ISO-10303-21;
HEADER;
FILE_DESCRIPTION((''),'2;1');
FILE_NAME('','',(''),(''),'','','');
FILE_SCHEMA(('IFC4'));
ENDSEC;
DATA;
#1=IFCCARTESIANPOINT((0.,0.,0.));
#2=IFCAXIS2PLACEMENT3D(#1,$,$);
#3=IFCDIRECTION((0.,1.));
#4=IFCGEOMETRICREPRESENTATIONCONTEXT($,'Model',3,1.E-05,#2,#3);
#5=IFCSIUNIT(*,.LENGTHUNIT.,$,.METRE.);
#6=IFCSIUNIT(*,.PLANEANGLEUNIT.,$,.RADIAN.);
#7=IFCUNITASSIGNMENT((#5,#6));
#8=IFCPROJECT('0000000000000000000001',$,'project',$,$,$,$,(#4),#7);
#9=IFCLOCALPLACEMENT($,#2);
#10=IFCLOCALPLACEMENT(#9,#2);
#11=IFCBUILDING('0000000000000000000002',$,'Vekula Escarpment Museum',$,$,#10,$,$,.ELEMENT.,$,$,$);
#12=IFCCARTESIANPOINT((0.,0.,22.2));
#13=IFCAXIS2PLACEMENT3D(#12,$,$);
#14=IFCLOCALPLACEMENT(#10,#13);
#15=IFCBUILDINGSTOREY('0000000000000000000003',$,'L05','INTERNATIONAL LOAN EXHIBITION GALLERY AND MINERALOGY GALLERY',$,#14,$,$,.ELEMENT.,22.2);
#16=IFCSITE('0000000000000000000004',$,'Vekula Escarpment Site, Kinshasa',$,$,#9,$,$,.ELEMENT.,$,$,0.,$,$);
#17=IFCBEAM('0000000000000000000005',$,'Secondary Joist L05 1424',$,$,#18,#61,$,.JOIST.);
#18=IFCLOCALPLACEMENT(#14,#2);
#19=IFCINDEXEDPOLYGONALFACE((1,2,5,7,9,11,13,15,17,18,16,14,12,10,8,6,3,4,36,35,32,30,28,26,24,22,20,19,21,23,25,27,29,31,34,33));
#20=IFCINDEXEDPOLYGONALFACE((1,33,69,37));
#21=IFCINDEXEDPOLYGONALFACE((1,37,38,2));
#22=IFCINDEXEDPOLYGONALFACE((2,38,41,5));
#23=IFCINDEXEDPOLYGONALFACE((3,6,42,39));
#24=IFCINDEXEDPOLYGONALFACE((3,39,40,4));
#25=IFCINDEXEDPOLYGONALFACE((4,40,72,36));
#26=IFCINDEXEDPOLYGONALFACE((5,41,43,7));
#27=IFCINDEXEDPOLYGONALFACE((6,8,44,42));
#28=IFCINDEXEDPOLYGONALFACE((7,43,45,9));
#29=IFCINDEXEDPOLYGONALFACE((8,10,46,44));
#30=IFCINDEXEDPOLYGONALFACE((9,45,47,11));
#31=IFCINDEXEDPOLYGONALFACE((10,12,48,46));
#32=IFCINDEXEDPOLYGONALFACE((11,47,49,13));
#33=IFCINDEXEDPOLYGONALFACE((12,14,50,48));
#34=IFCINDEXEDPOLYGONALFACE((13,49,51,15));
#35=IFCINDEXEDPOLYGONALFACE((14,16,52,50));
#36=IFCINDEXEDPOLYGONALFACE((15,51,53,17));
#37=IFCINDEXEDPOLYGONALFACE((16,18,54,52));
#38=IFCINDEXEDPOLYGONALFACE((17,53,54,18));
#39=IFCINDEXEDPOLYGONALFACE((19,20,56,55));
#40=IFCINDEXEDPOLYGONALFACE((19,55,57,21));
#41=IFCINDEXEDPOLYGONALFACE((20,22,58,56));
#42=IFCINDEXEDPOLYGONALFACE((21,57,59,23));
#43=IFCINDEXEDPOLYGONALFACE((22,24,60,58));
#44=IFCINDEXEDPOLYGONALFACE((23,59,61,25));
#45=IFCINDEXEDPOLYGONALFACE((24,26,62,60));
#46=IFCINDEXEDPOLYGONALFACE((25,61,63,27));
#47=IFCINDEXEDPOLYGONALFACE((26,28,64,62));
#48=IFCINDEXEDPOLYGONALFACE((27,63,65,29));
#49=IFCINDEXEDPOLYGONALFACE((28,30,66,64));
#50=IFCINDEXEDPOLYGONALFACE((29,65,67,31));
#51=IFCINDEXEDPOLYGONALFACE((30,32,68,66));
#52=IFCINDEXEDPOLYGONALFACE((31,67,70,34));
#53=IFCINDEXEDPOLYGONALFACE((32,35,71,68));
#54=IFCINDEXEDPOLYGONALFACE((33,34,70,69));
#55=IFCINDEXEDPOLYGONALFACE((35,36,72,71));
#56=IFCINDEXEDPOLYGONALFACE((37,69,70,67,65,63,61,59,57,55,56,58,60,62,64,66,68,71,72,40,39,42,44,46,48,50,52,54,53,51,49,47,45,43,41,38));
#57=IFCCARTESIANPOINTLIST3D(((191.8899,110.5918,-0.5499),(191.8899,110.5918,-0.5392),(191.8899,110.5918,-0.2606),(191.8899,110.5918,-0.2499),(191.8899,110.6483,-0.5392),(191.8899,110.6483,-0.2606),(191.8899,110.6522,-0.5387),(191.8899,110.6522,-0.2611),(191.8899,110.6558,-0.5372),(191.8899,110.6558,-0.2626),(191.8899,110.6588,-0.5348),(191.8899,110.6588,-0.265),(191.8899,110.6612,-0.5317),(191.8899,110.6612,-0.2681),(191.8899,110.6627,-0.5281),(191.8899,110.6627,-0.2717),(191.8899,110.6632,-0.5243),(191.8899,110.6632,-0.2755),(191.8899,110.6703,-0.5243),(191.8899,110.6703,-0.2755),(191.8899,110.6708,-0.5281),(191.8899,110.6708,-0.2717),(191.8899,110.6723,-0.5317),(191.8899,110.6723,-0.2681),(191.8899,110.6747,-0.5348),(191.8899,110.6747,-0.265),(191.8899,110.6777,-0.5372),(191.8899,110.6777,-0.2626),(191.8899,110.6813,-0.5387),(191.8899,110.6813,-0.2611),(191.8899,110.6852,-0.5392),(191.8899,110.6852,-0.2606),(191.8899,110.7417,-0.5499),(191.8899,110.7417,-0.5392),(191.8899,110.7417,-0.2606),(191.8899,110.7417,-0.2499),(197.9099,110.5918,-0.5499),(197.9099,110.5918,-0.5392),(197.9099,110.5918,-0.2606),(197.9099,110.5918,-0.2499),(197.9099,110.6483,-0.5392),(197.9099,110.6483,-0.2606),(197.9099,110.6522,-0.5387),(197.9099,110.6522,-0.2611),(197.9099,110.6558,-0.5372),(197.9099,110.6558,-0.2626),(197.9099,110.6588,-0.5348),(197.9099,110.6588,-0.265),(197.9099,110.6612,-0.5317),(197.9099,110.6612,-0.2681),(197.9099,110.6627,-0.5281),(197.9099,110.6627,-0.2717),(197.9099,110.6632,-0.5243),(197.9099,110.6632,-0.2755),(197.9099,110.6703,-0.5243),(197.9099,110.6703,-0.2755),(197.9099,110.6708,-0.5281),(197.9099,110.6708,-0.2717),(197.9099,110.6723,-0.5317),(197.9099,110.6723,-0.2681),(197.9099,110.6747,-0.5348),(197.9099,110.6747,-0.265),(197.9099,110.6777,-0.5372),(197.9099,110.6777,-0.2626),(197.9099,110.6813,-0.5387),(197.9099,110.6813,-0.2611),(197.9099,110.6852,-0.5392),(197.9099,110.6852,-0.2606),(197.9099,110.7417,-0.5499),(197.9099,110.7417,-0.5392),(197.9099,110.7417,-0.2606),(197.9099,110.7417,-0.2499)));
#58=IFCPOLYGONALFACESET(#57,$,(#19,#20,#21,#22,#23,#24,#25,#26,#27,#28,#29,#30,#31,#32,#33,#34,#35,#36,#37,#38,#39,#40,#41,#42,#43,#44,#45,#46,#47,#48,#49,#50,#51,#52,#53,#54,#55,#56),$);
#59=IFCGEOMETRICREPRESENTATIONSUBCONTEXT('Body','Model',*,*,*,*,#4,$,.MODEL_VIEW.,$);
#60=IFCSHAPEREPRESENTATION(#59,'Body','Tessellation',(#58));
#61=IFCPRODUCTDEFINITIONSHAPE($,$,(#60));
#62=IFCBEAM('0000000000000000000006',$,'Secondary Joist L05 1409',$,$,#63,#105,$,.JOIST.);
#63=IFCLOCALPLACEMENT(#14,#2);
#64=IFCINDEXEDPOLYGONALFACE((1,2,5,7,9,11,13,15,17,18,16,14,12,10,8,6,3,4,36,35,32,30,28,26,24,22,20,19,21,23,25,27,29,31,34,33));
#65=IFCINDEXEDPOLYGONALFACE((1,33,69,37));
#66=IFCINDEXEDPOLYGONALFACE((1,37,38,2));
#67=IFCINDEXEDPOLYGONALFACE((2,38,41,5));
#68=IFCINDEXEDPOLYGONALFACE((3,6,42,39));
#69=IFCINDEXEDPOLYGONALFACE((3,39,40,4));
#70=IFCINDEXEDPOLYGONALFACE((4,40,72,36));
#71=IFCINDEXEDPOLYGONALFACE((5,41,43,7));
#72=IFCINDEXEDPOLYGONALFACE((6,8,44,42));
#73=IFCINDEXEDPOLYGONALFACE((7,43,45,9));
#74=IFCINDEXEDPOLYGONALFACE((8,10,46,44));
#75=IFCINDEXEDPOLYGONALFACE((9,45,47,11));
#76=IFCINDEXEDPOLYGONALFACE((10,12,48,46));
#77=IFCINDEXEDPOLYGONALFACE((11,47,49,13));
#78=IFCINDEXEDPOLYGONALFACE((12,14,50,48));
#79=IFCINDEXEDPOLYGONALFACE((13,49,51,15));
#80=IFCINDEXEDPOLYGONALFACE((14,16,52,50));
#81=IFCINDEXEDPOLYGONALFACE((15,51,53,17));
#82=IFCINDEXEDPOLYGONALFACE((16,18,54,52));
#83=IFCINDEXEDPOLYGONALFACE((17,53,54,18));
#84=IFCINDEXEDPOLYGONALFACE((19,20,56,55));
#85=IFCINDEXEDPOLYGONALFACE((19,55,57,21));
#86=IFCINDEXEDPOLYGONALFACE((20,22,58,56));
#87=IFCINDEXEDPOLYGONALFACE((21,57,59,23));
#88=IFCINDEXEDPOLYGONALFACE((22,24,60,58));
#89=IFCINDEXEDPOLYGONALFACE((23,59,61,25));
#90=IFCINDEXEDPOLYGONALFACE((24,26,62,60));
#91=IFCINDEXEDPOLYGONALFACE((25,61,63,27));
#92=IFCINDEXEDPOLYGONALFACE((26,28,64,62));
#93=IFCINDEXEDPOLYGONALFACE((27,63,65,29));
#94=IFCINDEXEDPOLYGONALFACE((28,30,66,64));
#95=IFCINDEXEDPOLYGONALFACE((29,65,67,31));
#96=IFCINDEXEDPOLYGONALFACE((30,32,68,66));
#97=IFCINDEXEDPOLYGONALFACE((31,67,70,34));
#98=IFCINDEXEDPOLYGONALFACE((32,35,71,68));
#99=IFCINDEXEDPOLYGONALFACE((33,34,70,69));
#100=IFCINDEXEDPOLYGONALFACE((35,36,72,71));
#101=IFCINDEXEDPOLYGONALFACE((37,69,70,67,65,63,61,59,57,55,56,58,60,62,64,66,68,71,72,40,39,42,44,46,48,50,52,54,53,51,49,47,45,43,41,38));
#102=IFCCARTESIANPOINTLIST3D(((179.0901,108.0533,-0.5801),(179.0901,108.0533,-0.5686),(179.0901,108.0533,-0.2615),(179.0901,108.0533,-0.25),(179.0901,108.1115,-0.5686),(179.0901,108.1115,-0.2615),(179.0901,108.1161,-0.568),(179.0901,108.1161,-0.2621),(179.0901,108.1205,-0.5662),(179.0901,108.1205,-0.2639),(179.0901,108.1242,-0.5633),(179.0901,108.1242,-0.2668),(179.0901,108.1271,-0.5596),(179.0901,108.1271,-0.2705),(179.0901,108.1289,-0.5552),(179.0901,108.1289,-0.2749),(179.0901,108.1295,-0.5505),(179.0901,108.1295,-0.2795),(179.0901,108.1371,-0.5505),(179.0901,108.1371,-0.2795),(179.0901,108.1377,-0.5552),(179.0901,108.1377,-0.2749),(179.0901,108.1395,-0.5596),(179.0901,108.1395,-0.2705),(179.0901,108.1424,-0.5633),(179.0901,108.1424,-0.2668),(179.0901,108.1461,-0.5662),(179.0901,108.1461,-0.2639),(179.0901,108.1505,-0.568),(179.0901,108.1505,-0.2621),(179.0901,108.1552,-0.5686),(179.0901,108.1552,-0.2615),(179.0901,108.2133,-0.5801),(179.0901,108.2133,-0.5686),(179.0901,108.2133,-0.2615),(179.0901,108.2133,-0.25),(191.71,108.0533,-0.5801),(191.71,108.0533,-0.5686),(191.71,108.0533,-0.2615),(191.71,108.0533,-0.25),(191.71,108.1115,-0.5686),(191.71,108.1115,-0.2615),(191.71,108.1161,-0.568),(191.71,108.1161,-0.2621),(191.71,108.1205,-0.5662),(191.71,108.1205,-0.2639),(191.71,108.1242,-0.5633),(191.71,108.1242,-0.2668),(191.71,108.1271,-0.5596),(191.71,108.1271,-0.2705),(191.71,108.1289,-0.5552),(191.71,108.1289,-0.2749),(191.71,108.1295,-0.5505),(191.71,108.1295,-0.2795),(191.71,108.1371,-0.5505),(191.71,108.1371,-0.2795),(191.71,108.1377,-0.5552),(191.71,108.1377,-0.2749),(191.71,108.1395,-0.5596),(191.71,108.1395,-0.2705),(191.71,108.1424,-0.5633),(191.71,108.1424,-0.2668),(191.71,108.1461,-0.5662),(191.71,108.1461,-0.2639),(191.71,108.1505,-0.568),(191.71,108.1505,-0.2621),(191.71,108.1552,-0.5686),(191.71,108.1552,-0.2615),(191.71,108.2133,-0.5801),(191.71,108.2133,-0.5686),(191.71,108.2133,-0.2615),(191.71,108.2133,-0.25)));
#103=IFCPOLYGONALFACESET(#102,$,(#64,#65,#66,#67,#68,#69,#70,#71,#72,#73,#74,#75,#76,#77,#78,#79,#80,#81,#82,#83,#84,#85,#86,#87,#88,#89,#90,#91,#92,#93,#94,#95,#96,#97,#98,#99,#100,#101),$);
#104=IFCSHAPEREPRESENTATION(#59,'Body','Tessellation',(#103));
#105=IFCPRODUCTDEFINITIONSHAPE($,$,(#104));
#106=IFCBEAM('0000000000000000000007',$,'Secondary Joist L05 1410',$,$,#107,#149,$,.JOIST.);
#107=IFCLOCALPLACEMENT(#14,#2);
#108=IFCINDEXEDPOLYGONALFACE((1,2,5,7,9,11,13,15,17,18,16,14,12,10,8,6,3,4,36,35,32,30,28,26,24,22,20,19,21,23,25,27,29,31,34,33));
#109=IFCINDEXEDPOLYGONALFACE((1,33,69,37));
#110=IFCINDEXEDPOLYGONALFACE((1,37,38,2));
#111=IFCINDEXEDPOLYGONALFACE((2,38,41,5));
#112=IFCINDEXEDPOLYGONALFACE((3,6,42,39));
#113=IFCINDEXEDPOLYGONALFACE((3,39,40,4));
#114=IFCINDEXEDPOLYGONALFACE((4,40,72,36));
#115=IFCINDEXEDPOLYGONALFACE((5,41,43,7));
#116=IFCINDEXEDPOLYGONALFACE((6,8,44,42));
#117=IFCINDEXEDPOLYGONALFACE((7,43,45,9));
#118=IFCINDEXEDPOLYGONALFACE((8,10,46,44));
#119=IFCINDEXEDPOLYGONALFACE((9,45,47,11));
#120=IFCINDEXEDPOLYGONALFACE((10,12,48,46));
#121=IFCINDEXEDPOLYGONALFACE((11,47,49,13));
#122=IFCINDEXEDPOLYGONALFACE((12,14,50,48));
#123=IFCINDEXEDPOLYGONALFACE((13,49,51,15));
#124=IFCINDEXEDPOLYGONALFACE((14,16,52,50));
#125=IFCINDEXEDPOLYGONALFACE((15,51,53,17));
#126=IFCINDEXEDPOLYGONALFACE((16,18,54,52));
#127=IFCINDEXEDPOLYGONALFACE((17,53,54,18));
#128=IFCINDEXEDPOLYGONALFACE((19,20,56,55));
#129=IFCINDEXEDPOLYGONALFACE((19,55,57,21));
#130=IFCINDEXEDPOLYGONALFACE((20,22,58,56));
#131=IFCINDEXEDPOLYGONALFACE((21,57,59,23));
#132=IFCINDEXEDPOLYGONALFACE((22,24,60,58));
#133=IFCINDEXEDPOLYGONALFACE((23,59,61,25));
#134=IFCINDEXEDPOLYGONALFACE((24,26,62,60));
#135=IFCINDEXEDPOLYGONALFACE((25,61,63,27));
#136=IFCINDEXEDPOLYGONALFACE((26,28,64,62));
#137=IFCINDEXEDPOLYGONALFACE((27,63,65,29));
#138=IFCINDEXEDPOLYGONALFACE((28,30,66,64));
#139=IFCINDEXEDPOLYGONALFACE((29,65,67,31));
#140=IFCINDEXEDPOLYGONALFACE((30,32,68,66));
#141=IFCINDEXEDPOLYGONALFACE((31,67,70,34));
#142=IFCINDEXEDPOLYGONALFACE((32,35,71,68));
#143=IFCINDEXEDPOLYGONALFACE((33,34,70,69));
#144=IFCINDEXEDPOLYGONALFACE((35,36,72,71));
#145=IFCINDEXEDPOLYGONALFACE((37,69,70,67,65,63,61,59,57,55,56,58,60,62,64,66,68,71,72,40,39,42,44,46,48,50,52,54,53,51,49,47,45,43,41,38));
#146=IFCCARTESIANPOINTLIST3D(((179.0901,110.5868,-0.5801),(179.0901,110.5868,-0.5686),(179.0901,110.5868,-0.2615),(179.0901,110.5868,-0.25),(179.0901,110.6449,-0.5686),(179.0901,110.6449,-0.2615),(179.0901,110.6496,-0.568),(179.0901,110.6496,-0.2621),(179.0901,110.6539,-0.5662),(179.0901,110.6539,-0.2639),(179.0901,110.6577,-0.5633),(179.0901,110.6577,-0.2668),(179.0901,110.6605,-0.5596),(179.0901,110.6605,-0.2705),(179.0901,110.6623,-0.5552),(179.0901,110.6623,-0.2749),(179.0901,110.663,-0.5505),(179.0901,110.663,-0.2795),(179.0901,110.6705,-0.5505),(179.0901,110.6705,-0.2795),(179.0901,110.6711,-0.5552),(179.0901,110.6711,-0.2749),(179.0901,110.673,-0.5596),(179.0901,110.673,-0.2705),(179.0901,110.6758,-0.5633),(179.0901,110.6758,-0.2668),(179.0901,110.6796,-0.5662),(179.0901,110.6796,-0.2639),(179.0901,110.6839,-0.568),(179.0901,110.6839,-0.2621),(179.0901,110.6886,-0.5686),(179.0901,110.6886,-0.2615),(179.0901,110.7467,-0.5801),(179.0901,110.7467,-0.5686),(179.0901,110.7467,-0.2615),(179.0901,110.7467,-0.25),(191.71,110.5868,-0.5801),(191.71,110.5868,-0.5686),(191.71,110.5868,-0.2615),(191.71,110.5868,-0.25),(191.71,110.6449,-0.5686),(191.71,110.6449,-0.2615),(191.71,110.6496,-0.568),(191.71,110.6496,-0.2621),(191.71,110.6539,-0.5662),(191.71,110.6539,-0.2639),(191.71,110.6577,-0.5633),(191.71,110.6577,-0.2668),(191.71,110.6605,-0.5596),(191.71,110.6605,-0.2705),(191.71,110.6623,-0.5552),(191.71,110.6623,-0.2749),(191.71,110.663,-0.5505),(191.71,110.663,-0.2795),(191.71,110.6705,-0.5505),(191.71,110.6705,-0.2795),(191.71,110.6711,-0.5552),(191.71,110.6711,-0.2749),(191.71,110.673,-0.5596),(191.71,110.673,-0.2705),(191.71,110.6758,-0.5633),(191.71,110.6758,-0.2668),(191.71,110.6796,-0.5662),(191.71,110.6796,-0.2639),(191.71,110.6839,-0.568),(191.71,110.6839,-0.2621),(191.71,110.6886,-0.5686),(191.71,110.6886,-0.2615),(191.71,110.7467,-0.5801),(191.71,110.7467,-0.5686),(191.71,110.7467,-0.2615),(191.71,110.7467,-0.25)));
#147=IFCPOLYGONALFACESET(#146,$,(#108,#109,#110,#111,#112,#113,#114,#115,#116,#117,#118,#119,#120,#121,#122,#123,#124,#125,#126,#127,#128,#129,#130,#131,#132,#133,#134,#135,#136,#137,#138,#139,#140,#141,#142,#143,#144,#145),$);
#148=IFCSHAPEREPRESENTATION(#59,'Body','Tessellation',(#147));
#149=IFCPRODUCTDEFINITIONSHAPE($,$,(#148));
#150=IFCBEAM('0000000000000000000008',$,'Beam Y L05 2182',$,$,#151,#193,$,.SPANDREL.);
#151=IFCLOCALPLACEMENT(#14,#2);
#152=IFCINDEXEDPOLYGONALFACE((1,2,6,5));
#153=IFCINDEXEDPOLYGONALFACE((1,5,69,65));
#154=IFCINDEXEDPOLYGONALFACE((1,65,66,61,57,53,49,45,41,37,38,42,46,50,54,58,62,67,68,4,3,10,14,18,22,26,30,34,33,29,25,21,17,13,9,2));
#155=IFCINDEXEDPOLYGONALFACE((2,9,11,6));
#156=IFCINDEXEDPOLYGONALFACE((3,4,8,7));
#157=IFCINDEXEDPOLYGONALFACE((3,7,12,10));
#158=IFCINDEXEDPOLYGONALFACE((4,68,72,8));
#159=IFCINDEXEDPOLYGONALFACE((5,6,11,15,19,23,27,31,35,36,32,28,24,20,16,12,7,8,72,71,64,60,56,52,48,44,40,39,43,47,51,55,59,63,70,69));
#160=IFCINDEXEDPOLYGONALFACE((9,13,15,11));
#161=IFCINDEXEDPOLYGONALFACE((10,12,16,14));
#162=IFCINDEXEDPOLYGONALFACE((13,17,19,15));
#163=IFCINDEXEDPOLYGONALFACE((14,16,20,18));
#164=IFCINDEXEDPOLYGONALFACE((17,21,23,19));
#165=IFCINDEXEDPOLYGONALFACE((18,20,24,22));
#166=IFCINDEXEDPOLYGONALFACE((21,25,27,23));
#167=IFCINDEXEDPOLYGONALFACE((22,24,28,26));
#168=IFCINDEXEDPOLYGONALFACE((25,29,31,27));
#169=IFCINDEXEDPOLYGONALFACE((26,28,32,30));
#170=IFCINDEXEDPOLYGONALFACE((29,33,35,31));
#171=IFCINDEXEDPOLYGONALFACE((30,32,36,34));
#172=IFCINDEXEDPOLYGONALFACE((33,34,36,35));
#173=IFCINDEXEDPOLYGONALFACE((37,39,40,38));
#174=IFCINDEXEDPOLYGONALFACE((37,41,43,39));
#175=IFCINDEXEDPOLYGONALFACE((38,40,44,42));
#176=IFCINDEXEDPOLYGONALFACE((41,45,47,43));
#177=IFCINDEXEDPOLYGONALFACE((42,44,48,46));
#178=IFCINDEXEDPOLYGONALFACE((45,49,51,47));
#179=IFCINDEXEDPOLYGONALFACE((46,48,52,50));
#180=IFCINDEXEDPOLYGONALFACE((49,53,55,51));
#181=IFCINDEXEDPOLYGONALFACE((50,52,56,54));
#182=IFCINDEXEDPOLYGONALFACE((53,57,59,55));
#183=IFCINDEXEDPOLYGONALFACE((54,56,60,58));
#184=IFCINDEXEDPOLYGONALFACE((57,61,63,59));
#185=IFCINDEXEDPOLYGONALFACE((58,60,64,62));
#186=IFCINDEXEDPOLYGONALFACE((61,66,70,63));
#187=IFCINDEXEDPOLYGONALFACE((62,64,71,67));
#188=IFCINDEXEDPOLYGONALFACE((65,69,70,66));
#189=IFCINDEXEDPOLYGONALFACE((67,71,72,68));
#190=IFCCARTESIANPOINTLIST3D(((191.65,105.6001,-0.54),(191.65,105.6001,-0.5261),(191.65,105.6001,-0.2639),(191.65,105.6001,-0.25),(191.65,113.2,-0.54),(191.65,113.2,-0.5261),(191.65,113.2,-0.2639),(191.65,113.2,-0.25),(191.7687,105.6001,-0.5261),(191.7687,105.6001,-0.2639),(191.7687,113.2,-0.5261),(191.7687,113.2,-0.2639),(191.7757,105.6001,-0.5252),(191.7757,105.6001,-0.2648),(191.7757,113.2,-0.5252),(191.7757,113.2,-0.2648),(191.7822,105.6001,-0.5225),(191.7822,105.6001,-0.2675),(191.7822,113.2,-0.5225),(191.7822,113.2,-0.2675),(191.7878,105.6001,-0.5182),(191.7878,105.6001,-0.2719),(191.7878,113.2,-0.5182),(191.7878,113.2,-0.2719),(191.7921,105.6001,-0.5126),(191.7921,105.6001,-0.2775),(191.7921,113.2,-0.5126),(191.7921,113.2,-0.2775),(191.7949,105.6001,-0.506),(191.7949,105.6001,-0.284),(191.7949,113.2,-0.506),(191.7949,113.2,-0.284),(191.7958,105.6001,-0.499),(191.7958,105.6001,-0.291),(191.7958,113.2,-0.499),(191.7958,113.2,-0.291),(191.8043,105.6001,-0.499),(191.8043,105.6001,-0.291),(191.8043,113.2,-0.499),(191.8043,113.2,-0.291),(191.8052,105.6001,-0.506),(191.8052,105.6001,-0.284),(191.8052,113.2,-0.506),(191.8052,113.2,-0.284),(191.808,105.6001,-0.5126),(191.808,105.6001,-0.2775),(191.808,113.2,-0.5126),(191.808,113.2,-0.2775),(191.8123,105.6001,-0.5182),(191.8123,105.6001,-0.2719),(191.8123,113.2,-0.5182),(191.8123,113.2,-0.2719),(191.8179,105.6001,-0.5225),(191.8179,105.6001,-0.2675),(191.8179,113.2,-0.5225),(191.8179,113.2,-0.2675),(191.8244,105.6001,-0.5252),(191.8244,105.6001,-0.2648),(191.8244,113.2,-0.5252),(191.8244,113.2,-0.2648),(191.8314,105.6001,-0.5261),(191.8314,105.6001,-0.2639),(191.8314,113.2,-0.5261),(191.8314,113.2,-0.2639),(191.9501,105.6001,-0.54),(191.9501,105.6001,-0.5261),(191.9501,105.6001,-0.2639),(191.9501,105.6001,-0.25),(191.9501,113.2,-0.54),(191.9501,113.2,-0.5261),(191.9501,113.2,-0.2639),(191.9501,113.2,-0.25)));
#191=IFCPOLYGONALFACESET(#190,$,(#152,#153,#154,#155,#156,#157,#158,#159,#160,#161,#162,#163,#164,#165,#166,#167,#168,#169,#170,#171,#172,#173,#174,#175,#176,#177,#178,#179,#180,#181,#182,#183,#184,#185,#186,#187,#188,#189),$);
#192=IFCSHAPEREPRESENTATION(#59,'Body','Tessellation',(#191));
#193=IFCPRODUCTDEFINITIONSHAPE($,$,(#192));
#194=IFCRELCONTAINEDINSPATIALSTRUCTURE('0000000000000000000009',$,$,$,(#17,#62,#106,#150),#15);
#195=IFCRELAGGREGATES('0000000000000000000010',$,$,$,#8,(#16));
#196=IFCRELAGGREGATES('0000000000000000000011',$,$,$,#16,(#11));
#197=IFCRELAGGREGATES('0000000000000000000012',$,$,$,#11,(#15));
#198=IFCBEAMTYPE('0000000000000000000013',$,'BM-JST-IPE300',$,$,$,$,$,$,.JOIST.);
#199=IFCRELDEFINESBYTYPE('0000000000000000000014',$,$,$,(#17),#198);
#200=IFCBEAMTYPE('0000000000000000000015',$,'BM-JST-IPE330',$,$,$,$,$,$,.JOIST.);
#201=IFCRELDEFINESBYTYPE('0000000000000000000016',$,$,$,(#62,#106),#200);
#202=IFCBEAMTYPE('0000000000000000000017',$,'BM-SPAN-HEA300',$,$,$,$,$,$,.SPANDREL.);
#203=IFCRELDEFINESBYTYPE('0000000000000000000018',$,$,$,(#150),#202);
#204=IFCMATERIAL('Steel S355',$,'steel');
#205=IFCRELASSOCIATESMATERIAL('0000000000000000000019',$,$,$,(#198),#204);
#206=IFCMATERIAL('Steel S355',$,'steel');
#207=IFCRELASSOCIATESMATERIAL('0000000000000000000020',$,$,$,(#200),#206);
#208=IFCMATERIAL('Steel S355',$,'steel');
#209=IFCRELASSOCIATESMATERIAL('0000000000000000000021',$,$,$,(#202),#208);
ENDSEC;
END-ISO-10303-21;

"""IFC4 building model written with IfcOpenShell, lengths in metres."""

from ifc_helpers import new_model, si_unit, direction, frame, origin, origin_2d, place, context, subcontext, project, spatial, i_section, extrude, material, material_profile, profile_set, type_object, element, save


model = new_model("IFC4")

# Units and contexts
model_context = context("Model", 3, precision=1e-05, world=origin(), true_north=direction((0.0, 1.0)))
body_context = subcontext(model_context, "Body", "Model", "MODEL_VIEW")
ifc_project = project(units=[si_unit("LENGTHUNIT", "METRE"), si_unit("PLANEANGLEUNIT", "RADIAN")], contexts=[model_context])

# Site, building, storey
site_placement = place(None, origin())
site = spatial("IfcSite", under=ifc_project, at=site_placement, Name="Vekula Escarpment Site, Kinshasa", CompositionType="ELEMENT", RefElevation=0.0)
building_placement = place(site_placement, origin())
building = spatial("IfcBuilding", under=site, at=building_placement, Name="Vekula Escarpment Museum", CompositionType="ELEMENT")
storey_placement = place(building_placement, frame((0.0, 0.0, 22.2)))
storey = spatial("IfcBuildingStorey", under=building, at=storey_placement, Name="L05", Description="INTERNATIONAL LOAN EXHIBITION GALLERY AND MINERALOGY GALLERY", CompositionType="ELEMENT", Elevation=22.2)

# Beams
ifc_material_1 = material(Name="Steel S355", Category="steel")
ifc_material_profile_1 = material_profile(ifc_material_1, i_section(OverallWidth=0.1499, OverallDepth=0.3, WebThickness=0.0071, FlangeThickness=0.0107, FilletRadius=0.0149, at=origin_2d()), Name="IPE 300")
ifc_profile_set_1 = profile_set([ifc_material_profile_1], Name="Steel S355")
beam_type_1 = type_object("IfcBeamType", Name="BM-JST-IPE300", PredefinedType="JOIST", material=ifc_profile_set_1)
for number, where, z_axis, x_axis, name in (
    (1, (191.8899, 110.6667, -0.3999), (1.0, 0.0, 0.0), (0.0, 1.0, 0.0), "Secondary Joist L05 1424"),
):
    element("IfcBeam", number, at=place(storey_placement, frame(where, z_axis=z_axis, x_axis=x_axis)), inside=storey, type_object=beam_type_1, Name=name, PredefinedType="JOIST", context=body_context, shape_type="SweptSolid", body=[
        extrude(i_section(OverallWidth=0.1499, OverallDepth=0.3, WebThickness=0.0071, FlangeThickness=0.0107, FilletRadius=0.0149, at=origin_2d()), origin(), (0.0, 0.0, 1.0), 6.02),
    ])
ifc_material_2 = material(Name="Steel S355", Category="steel")
ifc_material_profile_2 = material_profile(ifc_material_2, i_section(OverallWidth=0.1599, OverallDepth=0.3301, WebThickness=0.0076, FlangeThickness=0.0115, FilletRadius=0.0181, at=origin_2d()), Name="IPE 330")
ifc_profile_set_2 = profile_set([ifc_material_profile_2], Name="Steel S355")
beam_type_2 = type_object("IfcBeamType", Name="BM-JST-IPE330", PredefinedType="JOIST", material=ifc_profile_set_2)
for number, where, z_axis, x_axis, name in (
    (2, (179.0901, 108.1333, -0.415), (1.0, 0.0, 0.0), (0.0, 1.0, 0.0), "Secondary Joist L05 1409"),
    (3, (179.0901, 110.6667, -0.415), (1.0, 0.0, 0.0), (0.0, 1.0, 0.0), "Secondary Joist L05 1410"),
):
    element("IfcBeam", number, at=place(storey_placement, frame(where, z_axis=z_axis, x_axis=x_axis)), inside=storey, type_object=beam_type_2, Name=name, PredefinedType="JOIST", context=body_context, shape_type="SweptSolid", body=[
        extrude(i_section(OverallWidth=0.1599, OverallDepth=0.3301, WebThickness=0.0076, FlangeThickness=0.0115, FilletRadius=0.0181, at=origin_2d()), origin(), (0.0, 0.0, 1.0), 12.6199),
    ])
ifc_material_3 = material(Name="Steel S355", Category="steel")
ifc_material_profile_3 = material_profile(ifc_material_3, i_section(OverallWidth=0.3, OverallDepth=0.29, WebThickness=0.0085, FlangeThickness=0.0139, FilletRadius=0.0271, at=origin_2d()), Name="HEA 300")
ifc_profile_set_3 = profile_set([ifc_material_profile_3], Name="Steel S355")
beam_type_3 = type_object("IfcBeamType", Name="BM-SPAN-HEA300", PredefinedType="SPANDREL", material=ifc_profile_set_3)
beam_1_placement = place(storey_placement, frame((191.8, 105.6001, -0.395), z_axis=(0.0, 1.0, 0.0), x_axis=(-1.0, 0.0, 0.0)))
element("IfcBeam", 4, at=beam_1_placement, inside=storey, type_object=beam_type_3, Name="Beam Y L05 2182", PredefinedType="SPANDREL", context=body_context, shape_type="SweptSolid", body=[
    extrude(i_section(OverallWidth=0.3, OverallDepth=0.29, WebThickness=0.0085, FlangeThickness=0.0139, FilletRadius=0.0271, at=origin_2d()), origin(), (0.0, 0.0, 1.0), 7.5999),
])

save(model, "model.ifc")
